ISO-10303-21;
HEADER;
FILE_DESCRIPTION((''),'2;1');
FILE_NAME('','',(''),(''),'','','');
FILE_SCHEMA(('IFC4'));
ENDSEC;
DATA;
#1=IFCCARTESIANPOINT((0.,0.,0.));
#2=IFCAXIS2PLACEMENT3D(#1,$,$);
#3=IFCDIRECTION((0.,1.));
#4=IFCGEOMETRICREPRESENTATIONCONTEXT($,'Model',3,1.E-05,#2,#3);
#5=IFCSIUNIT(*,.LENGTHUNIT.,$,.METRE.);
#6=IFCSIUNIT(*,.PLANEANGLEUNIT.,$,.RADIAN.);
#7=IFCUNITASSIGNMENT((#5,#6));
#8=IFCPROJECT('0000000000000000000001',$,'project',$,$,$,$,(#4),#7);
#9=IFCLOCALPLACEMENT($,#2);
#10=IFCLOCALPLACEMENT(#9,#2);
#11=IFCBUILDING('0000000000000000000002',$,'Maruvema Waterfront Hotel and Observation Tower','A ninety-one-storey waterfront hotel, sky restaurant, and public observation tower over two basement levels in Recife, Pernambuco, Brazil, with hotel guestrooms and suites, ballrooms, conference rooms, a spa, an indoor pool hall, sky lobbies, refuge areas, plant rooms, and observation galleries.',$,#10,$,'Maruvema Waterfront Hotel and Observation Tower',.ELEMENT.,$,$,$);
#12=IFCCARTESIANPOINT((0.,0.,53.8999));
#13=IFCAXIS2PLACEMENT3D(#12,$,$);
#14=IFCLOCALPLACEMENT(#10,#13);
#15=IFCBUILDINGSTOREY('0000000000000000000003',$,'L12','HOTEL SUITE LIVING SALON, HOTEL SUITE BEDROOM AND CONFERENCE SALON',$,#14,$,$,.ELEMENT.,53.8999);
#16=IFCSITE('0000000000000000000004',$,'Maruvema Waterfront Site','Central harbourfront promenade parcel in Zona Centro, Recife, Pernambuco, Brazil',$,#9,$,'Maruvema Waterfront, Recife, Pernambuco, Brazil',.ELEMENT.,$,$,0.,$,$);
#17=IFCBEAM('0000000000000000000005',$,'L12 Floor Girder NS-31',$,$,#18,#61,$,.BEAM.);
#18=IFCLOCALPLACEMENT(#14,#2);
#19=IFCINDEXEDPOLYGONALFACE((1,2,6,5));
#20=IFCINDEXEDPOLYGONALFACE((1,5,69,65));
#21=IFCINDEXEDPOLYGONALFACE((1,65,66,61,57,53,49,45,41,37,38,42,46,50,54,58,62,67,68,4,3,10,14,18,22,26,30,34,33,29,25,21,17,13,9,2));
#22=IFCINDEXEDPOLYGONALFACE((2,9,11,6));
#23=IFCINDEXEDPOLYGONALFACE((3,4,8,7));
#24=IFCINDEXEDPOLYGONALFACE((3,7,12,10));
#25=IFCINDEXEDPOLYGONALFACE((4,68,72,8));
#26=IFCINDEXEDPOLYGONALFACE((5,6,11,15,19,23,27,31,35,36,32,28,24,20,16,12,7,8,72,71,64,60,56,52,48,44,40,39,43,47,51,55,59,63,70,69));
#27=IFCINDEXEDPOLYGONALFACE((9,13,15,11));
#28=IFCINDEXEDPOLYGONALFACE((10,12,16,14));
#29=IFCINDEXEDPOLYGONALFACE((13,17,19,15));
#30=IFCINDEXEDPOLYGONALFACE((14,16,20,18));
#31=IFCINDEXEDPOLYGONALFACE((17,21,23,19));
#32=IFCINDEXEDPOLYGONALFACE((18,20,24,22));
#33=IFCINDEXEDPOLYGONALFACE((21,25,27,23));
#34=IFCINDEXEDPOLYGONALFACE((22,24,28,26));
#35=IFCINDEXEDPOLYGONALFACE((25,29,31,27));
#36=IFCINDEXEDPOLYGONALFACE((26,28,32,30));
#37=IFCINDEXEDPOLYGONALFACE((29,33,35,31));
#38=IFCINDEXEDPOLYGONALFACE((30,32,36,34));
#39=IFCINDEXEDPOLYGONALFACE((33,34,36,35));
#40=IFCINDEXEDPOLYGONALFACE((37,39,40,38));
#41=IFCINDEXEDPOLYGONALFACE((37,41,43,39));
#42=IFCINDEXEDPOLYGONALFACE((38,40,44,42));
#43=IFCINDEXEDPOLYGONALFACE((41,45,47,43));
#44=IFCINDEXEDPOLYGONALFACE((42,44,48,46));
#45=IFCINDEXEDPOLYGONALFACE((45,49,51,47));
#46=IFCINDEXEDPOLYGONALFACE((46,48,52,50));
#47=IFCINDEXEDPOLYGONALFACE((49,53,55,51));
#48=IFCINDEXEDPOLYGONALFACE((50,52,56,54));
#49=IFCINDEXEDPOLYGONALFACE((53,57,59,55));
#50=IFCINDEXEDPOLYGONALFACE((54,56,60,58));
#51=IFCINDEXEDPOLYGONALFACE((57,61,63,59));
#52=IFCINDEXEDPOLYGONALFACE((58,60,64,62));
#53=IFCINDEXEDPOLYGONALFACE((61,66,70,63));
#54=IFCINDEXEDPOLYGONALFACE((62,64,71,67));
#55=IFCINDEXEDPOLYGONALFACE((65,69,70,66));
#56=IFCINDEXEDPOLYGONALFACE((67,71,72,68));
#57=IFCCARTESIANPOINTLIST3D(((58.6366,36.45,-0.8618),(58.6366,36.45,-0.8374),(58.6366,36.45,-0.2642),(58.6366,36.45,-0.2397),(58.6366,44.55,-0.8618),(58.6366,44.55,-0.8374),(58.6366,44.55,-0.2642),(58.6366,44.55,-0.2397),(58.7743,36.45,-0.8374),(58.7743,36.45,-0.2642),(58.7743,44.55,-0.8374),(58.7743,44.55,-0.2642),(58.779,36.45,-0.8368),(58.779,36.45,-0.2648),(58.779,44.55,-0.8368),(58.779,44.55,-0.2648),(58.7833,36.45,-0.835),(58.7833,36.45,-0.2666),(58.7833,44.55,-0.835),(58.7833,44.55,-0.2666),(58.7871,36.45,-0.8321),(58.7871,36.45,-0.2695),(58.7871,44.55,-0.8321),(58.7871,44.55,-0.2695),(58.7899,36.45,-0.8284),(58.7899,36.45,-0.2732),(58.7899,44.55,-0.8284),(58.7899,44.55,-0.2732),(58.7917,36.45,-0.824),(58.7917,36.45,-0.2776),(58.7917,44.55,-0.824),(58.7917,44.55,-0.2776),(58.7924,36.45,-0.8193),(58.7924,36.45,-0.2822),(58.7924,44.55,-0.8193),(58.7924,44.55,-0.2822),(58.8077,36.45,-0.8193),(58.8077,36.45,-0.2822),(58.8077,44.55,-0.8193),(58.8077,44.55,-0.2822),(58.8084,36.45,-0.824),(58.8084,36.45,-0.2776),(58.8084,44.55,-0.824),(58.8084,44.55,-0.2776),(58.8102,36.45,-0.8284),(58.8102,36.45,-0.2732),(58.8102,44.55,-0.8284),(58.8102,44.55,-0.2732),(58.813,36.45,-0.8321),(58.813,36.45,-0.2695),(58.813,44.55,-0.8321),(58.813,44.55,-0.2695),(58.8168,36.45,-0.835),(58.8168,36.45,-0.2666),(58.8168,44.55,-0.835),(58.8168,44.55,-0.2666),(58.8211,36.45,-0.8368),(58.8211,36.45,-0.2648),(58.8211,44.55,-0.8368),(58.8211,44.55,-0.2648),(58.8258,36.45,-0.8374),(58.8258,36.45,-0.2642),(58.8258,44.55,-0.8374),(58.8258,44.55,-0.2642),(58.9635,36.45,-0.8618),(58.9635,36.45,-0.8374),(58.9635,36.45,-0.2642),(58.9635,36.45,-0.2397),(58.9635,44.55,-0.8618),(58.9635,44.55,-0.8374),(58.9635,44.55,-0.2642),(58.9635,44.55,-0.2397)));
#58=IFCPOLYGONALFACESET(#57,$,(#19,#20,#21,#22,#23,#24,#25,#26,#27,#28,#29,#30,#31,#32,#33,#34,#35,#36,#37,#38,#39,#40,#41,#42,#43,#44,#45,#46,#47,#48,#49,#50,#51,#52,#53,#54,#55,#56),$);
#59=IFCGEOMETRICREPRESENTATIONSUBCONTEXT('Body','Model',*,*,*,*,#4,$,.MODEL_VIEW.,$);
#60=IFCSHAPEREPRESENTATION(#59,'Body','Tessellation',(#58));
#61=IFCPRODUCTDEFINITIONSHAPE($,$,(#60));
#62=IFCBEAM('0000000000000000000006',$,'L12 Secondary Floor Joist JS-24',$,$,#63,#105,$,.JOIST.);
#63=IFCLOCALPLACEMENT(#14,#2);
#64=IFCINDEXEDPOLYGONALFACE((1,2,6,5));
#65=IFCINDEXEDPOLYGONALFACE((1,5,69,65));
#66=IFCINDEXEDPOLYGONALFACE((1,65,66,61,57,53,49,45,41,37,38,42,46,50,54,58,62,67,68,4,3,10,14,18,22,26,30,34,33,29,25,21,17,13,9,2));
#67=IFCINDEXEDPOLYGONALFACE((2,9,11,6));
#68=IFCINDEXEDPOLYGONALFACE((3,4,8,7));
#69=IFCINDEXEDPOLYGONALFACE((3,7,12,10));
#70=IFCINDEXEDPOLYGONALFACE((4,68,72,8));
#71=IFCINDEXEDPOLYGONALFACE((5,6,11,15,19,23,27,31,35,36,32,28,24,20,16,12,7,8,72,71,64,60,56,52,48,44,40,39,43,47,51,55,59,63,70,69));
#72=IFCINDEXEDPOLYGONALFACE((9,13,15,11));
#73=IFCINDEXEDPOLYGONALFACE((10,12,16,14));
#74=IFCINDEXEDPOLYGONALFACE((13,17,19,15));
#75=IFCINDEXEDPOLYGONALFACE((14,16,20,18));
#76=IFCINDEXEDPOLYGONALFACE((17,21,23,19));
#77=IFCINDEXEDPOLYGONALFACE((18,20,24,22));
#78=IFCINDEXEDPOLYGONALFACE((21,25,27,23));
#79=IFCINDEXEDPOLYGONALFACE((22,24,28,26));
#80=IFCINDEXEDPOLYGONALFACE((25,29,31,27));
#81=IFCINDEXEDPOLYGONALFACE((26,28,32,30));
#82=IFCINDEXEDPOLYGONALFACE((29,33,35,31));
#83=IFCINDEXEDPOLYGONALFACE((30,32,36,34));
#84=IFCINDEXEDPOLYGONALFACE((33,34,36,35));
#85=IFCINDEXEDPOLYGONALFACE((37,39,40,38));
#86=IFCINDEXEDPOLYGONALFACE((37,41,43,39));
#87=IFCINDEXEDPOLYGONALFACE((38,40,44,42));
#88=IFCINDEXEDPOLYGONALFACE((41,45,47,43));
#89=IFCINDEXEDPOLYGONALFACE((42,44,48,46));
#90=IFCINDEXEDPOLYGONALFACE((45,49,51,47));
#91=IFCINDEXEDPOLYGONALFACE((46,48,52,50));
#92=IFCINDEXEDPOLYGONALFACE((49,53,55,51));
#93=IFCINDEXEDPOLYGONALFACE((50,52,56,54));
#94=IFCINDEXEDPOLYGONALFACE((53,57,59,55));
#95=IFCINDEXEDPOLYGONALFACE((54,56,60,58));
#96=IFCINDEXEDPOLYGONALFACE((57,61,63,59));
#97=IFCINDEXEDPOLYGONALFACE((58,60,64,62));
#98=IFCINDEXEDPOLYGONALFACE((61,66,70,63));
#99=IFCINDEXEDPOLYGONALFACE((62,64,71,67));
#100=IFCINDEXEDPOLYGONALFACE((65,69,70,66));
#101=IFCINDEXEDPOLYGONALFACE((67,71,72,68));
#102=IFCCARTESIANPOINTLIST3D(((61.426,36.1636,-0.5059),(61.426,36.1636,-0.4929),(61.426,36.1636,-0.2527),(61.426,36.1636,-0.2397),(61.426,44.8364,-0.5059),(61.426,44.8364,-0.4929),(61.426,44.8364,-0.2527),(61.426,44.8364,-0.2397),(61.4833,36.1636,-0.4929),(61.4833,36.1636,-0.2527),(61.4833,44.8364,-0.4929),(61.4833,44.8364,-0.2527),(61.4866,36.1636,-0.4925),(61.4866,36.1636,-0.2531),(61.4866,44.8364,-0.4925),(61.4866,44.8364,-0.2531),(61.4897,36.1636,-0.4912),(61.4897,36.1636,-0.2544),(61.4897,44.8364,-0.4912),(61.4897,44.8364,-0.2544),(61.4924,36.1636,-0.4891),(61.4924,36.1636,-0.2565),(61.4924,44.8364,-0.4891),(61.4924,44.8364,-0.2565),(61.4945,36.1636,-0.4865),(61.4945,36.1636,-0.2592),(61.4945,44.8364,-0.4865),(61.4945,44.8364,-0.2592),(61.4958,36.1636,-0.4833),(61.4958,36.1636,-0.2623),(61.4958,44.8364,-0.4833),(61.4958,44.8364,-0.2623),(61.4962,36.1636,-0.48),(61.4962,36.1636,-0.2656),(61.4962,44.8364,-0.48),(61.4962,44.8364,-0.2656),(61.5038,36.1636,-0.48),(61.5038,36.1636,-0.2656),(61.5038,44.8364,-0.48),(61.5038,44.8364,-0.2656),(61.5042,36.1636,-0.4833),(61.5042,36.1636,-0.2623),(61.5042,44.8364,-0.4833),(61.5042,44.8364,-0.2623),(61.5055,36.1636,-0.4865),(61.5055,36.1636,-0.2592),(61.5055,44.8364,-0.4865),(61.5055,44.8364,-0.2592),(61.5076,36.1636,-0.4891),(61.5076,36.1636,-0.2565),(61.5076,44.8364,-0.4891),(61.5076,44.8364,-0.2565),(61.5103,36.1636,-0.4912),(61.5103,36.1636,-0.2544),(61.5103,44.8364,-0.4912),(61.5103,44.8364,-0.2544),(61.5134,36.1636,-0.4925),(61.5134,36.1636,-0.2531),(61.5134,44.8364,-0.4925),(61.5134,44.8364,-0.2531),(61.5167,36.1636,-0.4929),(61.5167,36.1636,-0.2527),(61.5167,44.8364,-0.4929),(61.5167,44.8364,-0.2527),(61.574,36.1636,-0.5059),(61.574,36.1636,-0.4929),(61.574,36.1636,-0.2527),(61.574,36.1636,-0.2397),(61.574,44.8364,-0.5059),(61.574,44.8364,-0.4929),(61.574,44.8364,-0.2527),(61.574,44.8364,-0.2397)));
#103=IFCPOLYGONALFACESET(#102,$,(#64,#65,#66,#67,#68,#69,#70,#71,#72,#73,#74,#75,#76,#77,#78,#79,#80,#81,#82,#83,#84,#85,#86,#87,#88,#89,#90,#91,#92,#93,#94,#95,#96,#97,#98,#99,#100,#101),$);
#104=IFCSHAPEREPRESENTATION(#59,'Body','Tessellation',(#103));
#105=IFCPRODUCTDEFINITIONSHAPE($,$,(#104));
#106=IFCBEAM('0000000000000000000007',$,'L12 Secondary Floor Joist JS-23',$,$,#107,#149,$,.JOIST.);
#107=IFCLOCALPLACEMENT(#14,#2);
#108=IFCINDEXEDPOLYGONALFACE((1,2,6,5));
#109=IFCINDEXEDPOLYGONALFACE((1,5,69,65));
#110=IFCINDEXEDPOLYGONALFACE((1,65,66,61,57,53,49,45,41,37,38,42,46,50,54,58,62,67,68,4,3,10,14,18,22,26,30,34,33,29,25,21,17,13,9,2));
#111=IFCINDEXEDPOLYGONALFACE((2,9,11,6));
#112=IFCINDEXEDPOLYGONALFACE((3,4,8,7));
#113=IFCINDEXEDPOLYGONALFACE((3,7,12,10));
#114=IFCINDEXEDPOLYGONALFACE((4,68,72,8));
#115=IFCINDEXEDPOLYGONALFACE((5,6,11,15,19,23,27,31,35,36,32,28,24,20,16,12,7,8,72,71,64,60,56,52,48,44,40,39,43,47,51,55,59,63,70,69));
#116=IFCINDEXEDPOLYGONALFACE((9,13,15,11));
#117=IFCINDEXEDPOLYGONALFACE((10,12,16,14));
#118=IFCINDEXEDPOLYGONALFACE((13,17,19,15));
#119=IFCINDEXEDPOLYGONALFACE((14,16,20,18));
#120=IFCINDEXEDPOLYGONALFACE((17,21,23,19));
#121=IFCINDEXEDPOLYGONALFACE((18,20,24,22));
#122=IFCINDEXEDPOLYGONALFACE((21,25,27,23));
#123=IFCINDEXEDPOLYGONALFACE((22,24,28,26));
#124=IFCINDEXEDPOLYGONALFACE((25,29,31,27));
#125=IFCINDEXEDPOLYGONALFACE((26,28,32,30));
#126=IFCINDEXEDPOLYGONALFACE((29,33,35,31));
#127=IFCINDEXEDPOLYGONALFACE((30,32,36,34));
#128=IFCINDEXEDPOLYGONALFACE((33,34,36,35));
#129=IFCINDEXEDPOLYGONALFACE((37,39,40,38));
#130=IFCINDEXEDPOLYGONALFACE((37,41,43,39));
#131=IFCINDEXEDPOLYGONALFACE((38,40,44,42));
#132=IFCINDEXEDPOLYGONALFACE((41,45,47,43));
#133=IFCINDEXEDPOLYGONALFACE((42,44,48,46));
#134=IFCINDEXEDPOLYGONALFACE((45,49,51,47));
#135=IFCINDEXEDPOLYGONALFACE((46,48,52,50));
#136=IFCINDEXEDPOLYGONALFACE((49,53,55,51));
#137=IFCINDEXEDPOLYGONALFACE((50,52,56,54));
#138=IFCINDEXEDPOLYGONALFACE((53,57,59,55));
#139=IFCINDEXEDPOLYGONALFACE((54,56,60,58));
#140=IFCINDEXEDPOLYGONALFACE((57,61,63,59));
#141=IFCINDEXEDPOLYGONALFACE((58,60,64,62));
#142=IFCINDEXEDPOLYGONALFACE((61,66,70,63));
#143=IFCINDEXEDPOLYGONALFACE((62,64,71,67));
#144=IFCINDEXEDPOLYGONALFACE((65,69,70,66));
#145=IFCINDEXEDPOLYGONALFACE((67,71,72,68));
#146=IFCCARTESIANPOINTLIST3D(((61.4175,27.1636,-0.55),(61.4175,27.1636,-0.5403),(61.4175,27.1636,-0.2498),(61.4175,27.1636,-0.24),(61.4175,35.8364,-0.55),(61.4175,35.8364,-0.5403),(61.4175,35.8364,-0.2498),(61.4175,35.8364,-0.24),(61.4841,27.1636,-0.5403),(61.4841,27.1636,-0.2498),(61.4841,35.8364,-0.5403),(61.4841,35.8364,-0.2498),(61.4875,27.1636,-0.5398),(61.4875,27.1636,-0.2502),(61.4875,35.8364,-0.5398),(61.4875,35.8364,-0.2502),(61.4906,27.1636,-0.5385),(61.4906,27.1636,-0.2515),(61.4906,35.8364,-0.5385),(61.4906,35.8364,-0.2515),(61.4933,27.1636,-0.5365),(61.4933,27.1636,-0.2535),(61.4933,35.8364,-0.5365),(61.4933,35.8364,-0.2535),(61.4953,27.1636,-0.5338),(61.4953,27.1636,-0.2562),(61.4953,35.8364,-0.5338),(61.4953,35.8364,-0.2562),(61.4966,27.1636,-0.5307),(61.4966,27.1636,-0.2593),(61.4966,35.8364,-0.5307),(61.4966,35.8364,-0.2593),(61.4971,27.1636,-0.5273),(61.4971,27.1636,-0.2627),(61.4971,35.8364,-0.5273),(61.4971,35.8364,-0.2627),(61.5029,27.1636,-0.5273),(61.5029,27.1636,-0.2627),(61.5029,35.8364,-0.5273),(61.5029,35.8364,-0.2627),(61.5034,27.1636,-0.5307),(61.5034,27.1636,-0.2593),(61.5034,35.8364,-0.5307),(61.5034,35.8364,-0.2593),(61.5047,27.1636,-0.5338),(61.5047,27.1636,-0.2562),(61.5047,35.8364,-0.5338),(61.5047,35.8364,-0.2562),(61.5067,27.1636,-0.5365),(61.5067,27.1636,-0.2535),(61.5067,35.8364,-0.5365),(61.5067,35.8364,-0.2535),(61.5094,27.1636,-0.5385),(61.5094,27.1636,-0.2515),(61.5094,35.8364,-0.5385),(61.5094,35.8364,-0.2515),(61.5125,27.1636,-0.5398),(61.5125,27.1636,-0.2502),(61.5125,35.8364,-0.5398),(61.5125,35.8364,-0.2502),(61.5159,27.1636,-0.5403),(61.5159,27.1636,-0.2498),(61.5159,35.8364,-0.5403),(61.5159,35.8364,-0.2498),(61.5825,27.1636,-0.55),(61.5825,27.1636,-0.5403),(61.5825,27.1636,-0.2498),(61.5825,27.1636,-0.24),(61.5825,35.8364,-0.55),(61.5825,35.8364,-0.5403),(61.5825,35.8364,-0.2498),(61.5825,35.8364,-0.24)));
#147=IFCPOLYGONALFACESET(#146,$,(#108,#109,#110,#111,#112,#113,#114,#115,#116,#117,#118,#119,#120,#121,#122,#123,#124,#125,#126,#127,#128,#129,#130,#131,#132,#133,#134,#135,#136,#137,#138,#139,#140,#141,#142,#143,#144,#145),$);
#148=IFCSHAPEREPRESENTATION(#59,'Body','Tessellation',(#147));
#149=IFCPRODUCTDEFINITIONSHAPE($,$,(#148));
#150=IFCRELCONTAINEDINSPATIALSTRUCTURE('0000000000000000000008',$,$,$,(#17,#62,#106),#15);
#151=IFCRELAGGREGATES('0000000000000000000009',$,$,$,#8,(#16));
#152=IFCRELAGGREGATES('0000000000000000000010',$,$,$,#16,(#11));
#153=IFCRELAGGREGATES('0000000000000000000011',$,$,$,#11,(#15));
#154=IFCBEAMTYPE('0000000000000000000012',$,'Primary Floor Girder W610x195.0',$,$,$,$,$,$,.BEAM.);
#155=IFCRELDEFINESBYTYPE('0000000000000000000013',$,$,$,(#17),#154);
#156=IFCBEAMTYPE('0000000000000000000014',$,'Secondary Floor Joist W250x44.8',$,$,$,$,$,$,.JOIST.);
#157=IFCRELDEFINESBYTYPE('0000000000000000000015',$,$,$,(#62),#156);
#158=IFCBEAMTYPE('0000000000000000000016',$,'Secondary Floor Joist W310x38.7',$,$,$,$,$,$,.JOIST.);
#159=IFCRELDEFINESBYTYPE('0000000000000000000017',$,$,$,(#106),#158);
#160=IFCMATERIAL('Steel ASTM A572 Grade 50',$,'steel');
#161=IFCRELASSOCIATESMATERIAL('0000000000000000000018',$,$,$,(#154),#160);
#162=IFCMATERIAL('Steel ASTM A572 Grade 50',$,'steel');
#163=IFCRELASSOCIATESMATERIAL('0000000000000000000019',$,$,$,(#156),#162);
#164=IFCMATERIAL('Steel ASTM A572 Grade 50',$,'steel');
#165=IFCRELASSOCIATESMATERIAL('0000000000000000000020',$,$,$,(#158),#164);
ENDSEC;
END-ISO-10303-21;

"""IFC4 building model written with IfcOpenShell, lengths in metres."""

from ifc_helpers import new_model, si_unit, direction, frame, origin, origin_2d, place, context, subcontext, project, spatial, i_section, extrude, material, material_profile, profile_set, type_object, element, save


model = new_model("IFC4")

# Units and contexts
model_context = context("Model", 3, precision=1e-05, world=origin(), true_north=direction((0.0, 1.0)))
body_context = subcontext(model_context, "Body", "Model", "MODEL_VIEW")
ifc_project = project(units=[si_unit("LENGTHUNIT", "METRE"), si_unit("PLANEANGLEUNIT", "RADIAN")], contexts=[model_context])

# Site, building, storey
site_placement = place(None, origin())
site = spatial("IfcSite", under=ifc_project, at=site_placement, Name="Maruvema Waterfront Site", Description="Central harbourfront promenade parcel in Zona Centro, Recife, Pernambuco, Brazil", LongName="Maruvema Waterfront, Recife, Pernambuco, Brazil", CompositionType="ELEMENT", RefElevation=0.0)
building_placement = place(site_placement, origin())
building = spatial("IfcBuilding", under=site, at=building_placement, Name="Maruvema Waterfront Hotel and Observation Tower", Description="A ninety-one-storey waterfront hotel, sky restaurant, and public observation tower over two basement levels in Recife, Pernambuco, Brazil, with hotel guestrooms and suites, ballrooms, conference rooms, a spa, an indoor pool hall, sky lobbies, refuge areas, plant rooms, and observation galleries.", LongName="Maruvema Waterfront Hotel and Observation Tower", CompositionType="ELEMENT")
storey_placement = place(building_placement, frame((0.0, 0.0, 53.8999)))
storey = spatial("IfcBuildingStorey", under=building, at=storey_placement, Name="L12", Description="HOTEL SUITE LIVING SALON, HOTEL SUITE BEDROOM AND CONFERENCE SALON", CompositionType="ELEMENT", Elevation=53.8999)

# Beams
ifc_material_1 = material(Name="Steel ASTM A572 Grade 50", Category="steel")
ifc_material_profile_1 = material_profile(ifc_material_1, i_section(OverallWidth=0.3269, OverallDepth=0.6221, WebThickness=0.0154, FlangeThickness=0.0244, FilletRadius=0.0181, at=origin_2d()), Name="W610x195.0")
ifc_profile_set_1 = profile_set([ifc_material_profile_1], Name="Steel ASTM A572 Grade 50")
beam_type_1 = type_object("IfcBeamType", Name="Primary Floor Girder W610x195.0", PredefinedType="BEAM", material=ifc_profile_set_1)
for number, where, z_axis, x_axis, name in (
    (1, (58.8, 36.45, -0.5508), (0.0, 1.0, 0.0), (-1.0, 0.0, 0.0), "L12 Floor Girder NS-31"),
):
    element("IfcBeam", number, at=place(storey_placement, frame(where, z_axis=z_axis, x_axis=x_axis)), inside=storey, type_object=beam_type_1, Name=name, PredefinedType="BEAM", context=body_context, shape_type="SweptSolid", body=[
        extrude(i_section(OverallWidth=0.3269, OverallDepth=0.6221, WebThickness=0.0154, FlangeThickness=0.0244, FilletRadius=0.0181, at=origin_2d()), origin(), (0.0, 0.0, 1.0), 8.1001),
    ])
ifc_material_2 = material(Name="Steel ASTM A572 Grade 50", Category="steel")
ifc_material_profile_2 = material_profile(ifc_material_2, i_section(OverallWidth=0.1479, OverallDepth=0.2661, WebThickness=0.0076, FlangeThickness=0.0129, FilletRadius=0.0129, at=origin_2d()), Name="W250x44.8")
ifc_profile_set_2 = profile_set([ifc_material_profile_2], Name="Steel ASTM A572 Grade 50")
beam_type_2 = type_object("IfcBeamType", Name="Secondary Floor Joist W250x44.8", PredefinedType="JOIST", material=ifc_profile_set_2)
beam_1_placement = place(storey_placement, frame((61.5, 36.1636, -0.3728), z_axis=(0.0, 1.0, 0.0), x_axis=(-1.0, 0.0, 0.0)))
element("IfcBeam", 2, at=beam_1_placement, inside=storey, type_object=beam_type_2, Name="L12 Secondary Floor Joist JS-24", PredefinedType="JOIST", context=body_context, shape_type="SweptSolid", body=[
    extrude(i_section(OverallWidth=0.1479, OverallDepth=0.2661, WebThickness=0.0076, FlangeThickness=0.0129, FilletRadius=0.0129, at=origin_2d()), origin(), (0.0, 0.0, 1.0), 8.6729),
])
ifc_material_3 = material(Name="Steel ASTM A572 Grade 50", Category="steel")
ifc_material_profile_3 = material_profile(ifc_material_3, i_section(OverallWidth=0.165, OverallDepth=0.3101, WebThickness=0.0059, FlangeThickness=0.0098, FilletRadius=0.0129, at=origin_2d()), Name="W310x38.7")
ifc_profile_set_3 = profile_set([ifc_material_profile_3], Name="Steel ASTM A572 Grade 50")
beam_type_3 = type_object("IfcBeamType", Name="Secondary Floor Joist W310x38.7", PredefinedType="JOIST", material=ifc_profile_set_3)
beam_2_placement = place(storey_placement, frame((61.5, 27.1636, -0.395), z_axis=(0.0, 1.0, 0.0), x_axis=(-1.0, 0.0, 0.0)))
element("IfcBeam", 3, at=beam_2_placement, inside=storey, type_object=beam_type_3, Name="L12 Secondary Floor Joist JS-23", PredefinedType="JOIST", context=body_context, shape_type="SweptSolid", body=[
    extrude(i_section(OverallWidth=0.165, OverallDepth=0.3101, WebThickness=0.0059, FlangeThickness=0.0098, FilletRadius=0.0129, at=origin_2d()), origin(), (0.0, 0.0, 1.0), 8.6729),
])

save(model, "model.ifc")
